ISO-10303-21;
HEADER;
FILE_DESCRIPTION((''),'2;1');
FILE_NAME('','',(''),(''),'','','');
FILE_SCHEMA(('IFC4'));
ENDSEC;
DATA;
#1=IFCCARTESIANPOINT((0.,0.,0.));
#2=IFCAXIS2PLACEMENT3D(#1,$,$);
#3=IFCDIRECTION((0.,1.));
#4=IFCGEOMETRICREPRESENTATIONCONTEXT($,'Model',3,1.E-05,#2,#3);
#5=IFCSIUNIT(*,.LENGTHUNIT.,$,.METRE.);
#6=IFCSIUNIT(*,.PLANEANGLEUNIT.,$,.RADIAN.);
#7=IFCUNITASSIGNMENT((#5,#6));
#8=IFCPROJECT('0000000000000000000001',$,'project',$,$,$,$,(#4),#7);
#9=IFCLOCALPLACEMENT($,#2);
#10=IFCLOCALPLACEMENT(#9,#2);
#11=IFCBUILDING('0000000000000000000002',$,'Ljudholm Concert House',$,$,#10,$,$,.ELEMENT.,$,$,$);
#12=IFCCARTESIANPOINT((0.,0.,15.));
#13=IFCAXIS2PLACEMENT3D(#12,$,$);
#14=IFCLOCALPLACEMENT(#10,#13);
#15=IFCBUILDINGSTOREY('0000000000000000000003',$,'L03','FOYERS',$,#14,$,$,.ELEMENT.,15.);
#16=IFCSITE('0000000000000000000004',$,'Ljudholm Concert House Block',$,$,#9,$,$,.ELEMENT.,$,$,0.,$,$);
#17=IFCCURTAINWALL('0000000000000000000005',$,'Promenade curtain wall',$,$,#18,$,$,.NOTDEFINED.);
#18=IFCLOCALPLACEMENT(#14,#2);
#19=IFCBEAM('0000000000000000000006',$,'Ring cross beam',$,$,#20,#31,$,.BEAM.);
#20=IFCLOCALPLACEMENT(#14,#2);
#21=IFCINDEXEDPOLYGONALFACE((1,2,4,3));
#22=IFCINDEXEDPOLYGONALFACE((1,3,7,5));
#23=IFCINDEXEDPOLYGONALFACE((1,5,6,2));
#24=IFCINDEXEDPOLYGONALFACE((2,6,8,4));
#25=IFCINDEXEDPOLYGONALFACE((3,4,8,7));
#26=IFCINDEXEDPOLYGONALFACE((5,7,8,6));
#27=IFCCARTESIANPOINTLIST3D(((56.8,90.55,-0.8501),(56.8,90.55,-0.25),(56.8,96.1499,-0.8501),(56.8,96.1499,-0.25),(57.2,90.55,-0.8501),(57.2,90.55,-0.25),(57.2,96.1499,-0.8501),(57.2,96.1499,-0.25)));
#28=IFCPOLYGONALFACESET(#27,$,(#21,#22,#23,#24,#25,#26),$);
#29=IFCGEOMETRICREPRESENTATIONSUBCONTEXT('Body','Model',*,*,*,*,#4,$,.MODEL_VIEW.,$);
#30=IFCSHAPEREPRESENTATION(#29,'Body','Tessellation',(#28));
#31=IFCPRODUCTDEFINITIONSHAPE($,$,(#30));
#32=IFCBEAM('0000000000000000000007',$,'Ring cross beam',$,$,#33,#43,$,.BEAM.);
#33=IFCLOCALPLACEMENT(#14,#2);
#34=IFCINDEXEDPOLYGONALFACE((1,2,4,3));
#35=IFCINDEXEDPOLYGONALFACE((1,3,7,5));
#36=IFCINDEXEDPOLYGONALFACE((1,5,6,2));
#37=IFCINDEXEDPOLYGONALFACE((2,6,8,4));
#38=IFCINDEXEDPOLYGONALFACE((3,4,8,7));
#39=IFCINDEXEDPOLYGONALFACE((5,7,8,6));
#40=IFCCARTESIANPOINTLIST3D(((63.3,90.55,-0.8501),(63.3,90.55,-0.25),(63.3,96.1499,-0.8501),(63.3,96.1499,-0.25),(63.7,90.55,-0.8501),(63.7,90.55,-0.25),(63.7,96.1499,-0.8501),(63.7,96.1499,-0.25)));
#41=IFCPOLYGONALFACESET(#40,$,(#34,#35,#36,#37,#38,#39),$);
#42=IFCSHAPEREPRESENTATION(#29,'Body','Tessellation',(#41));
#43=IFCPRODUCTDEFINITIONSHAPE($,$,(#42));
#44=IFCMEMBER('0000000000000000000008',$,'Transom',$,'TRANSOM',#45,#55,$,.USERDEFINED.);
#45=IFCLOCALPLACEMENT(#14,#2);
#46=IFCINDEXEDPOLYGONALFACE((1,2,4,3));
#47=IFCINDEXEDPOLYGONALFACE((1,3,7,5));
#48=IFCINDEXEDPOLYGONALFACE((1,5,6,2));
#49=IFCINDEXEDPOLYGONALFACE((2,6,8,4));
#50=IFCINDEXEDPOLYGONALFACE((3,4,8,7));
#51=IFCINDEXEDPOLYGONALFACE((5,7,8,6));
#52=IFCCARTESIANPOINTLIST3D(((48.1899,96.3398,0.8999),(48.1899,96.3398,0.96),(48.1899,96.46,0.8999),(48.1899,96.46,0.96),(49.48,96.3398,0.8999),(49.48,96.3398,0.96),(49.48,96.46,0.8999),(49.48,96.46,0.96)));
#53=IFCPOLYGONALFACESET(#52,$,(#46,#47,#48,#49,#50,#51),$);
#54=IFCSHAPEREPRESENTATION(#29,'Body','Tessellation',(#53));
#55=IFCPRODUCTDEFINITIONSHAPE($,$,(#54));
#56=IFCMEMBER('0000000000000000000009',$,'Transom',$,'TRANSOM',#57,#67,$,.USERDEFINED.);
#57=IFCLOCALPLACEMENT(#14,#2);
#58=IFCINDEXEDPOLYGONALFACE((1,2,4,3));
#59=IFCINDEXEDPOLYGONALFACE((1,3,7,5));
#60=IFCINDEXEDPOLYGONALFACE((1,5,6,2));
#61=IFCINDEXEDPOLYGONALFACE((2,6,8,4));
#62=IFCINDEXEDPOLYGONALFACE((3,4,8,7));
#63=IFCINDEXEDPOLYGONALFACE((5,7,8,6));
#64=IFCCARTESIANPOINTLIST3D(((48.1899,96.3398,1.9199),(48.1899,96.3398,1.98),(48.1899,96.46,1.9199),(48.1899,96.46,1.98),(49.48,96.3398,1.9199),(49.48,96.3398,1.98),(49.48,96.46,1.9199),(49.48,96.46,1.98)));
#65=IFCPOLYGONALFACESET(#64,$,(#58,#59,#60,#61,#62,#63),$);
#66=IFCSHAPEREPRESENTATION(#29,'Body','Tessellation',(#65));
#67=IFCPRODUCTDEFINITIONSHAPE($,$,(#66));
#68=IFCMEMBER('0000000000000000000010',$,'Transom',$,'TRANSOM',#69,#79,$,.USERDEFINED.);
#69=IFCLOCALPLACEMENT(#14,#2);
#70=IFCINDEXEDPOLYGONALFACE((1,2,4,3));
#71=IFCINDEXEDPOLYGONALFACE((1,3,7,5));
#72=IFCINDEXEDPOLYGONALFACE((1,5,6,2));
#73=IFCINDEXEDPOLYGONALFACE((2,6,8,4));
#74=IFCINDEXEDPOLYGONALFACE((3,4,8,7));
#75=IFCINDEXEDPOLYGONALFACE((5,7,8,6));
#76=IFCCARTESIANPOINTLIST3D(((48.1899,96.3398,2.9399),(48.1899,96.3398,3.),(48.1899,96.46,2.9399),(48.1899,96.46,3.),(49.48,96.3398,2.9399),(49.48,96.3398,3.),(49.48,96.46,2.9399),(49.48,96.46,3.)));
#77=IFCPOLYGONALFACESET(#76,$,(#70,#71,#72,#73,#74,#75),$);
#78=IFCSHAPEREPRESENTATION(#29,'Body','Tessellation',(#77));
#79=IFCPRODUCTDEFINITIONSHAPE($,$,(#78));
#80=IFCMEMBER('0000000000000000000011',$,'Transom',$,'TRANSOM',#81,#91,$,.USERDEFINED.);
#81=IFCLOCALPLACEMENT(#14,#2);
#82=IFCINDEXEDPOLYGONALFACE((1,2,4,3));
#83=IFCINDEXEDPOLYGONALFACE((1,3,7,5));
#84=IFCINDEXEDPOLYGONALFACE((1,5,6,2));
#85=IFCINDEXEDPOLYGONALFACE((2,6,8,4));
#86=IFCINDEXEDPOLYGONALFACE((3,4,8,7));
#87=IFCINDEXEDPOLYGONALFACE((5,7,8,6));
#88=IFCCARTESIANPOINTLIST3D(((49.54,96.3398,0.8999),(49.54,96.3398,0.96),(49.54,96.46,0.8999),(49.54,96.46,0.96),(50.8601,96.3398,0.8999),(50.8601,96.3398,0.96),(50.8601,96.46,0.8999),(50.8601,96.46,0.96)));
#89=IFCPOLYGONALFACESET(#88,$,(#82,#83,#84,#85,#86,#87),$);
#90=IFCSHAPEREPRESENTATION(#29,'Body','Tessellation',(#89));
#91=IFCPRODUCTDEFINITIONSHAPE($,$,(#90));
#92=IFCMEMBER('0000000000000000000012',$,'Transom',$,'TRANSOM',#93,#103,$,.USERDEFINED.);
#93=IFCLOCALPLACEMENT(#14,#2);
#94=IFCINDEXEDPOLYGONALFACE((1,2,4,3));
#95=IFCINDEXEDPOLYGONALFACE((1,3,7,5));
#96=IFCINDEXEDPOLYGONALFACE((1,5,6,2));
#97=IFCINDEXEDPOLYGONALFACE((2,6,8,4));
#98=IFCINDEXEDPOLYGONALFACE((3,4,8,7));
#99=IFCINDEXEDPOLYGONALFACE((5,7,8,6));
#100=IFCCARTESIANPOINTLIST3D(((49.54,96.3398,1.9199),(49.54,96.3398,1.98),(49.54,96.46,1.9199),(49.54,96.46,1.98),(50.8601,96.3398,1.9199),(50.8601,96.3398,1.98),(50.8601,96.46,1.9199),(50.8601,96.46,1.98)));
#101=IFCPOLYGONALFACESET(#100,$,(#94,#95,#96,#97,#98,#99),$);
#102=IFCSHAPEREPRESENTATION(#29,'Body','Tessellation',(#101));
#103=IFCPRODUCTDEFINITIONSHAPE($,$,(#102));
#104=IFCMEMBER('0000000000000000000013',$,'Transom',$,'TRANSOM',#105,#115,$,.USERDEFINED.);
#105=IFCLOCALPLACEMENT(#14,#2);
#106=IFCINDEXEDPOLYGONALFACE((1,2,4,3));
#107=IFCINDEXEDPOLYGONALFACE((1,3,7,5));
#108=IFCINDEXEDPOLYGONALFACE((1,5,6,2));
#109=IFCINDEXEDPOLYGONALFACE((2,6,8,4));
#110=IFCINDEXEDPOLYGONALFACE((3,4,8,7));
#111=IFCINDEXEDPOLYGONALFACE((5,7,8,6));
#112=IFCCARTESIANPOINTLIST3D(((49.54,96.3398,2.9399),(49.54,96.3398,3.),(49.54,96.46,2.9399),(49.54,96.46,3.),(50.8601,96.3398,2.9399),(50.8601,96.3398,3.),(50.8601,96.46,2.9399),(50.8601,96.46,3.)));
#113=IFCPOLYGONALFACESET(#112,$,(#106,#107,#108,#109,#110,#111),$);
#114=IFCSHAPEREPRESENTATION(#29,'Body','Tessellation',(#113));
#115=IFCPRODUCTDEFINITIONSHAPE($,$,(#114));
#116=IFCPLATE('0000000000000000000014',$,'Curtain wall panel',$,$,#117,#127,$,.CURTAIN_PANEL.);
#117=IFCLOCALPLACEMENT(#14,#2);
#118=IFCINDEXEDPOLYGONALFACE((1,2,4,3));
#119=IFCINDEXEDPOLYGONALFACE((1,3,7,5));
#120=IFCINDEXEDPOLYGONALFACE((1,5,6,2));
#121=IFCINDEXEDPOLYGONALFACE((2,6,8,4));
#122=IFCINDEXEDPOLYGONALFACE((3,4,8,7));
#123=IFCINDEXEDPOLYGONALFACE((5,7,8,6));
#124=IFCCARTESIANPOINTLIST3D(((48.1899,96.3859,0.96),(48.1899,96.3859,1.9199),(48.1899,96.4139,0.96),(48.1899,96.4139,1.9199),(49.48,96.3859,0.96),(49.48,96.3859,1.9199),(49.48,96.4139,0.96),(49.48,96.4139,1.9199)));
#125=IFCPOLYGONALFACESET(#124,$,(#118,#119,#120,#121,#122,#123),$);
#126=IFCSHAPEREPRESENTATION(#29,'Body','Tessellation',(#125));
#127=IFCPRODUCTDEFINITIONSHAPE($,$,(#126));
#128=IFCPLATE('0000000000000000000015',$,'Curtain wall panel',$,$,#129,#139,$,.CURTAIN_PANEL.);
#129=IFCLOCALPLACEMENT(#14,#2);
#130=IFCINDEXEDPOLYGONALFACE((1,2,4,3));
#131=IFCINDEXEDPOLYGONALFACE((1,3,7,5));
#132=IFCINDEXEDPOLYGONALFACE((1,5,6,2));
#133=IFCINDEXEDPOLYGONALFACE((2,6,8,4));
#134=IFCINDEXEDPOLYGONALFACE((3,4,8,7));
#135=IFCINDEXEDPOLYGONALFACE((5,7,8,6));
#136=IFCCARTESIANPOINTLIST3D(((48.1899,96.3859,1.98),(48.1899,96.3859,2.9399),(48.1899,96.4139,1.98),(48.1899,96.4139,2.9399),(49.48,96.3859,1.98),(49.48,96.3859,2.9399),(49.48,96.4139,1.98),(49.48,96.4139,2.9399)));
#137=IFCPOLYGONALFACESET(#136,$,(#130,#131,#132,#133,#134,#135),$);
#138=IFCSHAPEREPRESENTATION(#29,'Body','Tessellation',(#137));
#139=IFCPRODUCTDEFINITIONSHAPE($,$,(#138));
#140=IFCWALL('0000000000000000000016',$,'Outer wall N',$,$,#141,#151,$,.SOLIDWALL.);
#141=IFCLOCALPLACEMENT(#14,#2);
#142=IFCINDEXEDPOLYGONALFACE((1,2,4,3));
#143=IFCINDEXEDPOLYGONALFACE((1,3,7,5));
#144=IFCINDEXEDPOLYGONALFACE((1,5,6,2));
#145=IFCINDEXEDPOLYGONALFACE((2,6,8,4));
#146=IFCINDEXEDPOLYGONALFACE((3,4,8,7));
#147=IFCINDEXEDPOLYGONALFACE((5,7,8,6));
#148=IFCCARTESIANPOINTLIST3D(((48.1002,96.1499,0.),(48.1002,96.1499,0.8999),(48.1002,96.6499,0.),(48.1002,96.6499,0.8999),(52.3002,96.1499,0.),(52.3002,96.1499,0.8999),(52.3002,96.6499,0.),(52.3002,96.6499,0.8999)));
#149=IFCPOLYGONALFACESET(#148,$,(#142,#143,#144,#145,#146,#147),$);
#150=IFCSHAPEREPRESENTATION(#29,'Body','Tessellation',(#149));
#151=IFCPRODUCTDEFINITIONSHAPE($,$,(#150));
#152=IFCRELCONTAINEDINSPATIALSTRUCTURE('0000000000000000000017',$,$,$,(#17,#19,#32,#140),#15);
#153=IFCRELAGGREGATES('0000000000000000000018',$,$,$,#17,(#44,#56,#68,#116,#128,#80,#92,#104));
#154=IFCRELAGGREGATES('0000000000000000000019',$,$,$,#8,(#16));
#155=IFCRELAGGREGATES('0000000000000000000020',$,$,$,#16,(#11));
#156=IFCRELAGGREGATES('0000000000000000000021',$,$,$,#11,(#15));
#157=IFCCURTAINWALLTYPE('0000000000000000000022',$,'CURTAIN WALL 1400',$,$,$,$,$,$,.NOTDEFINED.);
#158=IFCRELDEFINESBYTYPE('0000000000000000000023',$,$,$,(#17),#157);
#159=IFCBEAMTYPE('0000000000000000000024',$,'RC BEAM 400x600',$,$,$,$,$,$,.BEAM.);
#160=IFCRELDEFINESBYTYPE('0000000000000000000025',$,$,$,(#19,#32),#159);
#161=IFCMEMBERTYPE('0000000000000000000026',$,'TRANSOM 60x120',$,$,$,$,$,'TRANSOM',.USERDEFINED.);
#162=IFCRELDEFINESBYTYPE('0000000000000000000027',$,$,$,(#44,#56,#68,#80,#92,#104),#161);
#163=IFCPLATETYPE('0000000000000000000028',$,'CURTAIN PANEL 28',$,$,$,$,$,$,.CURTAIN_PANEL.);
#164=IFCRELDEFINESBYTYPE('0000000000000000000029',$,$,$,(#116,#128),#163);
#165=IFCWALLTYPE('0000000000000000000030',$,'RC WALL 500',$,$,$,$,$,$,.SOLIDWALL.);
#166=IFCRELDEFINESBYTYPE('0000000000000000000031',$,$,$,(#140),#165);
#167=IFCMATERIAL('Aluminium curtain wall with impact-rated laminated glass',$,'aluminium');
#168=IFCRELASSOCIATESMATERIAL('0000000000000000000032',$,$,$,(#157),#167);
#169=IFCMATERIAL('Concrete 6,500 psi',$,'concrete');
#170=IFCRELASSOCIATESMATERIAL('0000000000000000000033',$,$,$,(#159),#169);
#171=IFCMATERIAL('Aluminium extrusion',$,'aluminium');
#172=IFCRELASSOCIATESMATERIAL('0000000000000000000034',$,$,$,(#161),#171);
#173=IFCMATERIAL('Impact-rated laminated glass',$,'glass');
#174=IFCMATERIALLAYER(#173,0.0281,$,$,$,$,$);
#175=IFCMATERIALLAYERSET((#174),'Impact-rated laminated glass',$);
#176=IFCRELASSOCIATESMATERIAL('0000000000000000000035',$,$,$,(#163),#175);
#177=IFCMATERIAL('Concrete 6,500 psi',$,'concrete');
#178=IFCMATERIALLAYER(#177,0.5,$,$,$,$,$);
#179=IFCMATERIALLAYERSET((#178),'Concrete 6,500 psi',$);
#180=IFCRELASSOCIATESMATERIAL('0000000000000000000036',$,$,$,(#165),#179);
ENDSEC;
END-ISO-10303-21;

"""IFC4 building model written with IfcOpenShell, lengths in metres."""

from ifc_helpers import new_model, si_unit, direction, frame, frame_2d, origin, origin_2d, place, context, subcontext, project, spatial, rectangle, extrude, material, layer, layer_set, material_profile, profile_set, type_object, element, aggregate, save


model = new_model("IFC4")

# Units and contexts
model_context = context("Model", 3, precision=1e-05, world=origin(), true_north=direction((0.0, 1.0)))
body_context = subcontext(model_context, "Body", "Model", "MODEL_VIEW")
ifc_project = project(units=[si_unit("LENGTHUNIT", "METRE"), si_unit("PLANEANGLEUNIT", "RADIAN")], contexts=[model_context])

# Site, building, storey
site_placement = place(None, origin())
site = spatial("IfcSite", under=ifc_project, at=site_placement, Name="Ljudholm Concert House Block", CompositionType="ELEMENT", RefElevation=0.0)
building_placement = place(site_placement, origin())
building = spatial("IfcBuilding", under=site, at=building_placement, Name="Ljudholm Concert House", CompositionType="ELEMENT")
storey_placement = place(building_placement, frame((0.0, 0.0, 15.0)))
storey = spatial("IfcBuildingStorey", under=building, at=storey_placement, Name="L03", Description="FOYERS", CompositionType="ELEMENT", Elevation=15.0)

# Curtain wall
ifc_material_1 = material(Name="Aluminium curtain wall with impact-rated laminated glass", Category="aluminium")
curtain_wall_type = type_object("IfcCurtainWallType", Name="CURTAIN WALL 1400", PredefinedType="NOTDEFINED", material=ifc_material_1)
curtain_wall_placement = place(storey_placement, origin())
curtain_wall = element("IfcCurtainWall", 1, at=curtain_wall_placement, inside=storey, type_object=curtain_wall_type, Name="Promenade curtain wall", PredefinedType="NOTDEFINED")

# Beams
ifc_material_2 = material(Name="Concrete 6,500 psi", Category="concrete")
ifc_material_profile_1 = material_profile(ifc_material_2, rectangle(XDim=0.3999, YDim=0.6001, at=origin_2d()), Name="RC BEAM 400x600")
ifc_profile_set_1 = profile_set([ifc_material_profile_1], Name="Concrete 6,500 psi")
beam_type = type_object("IfcBeamType", Name="RC BEAM 400x600", PredefinedType="BEAM", material=ifc_profile_set_1)
for number, where, z_axis, x_axis, name in (
    (2, (57.0, 90.55, -0.55), (0.0, 1.0, 0.0), (-1.0, 0.0, 0.0), "Ring cross beam"),
    (3, (63.5, 90.55, -0.55), (0.0, 1.0, 0.0), (-1.0, 0.0, 0.0), "Ring cross beam"),
):
    element("IfcBeam", number, at=place(storey_placement, frame(where, z_axis=z_axis, x_axis=x_axis)), inside=storey, type_object=beam_type, Name=name, PredefinedType="BEAM", context=body_context, shape_type="SweptSolid", body=[
        extrude(rectangle(XDim=0.3999, YDim=0.6001, at=origin_2d()), origin(), (0.0, 0.0, 1.0), 5.5999),
    ])

# Members
ifc_material_3 = material(Name="Aluminium extrusion", Category="aluminium")
ifc_material_profile_2 = material_profile(ifc_material_3, rectangle(XDim=0.1201, YDim=0.0601, at=origin_2d()), Name="TRANSOM 60x120")
ifc_profile_set_2 = profile_set([ifc_material_profile_2], Name="Aluminium extrusion")
member_type_1 = type_object("IfcMemberType", Name="TRANSOM 60x120", ElementType="TRANSOM", PredefinedType="USERDEFINED", material=ifc_profile_set_2)
member_1_placement = place(storey_placement, frame((48.1899, 96.3999, 0.9299), z_axis=(1.0, 0.0, 0.0), x_axis=(0.0, 1.0, 0.0)))
member_1 = element("IfcMember", 4, at=member_1_placement, type_object=member_type_1, Name="Transom", ObjectType="TRANSOM", PredefinedType="USERDEFINED", context=body_context, shape_type="SweptSolid", body=[
    extrude(rectangle(XDim=0.1201, YDim=0.0601, at=origin_2d()), origin(), (0.0, 0.0, 1.0), 1.29),
])
member_2_placement = place(storey_placement, frame((48.1899, 96.3999, 1.95), z_axis=(1.0, 0.0, 0.0), x_axis=(0.0, 1.0, 0.0)))
member_2 = element("IfcMember", 5, at=member_2_placement, type_object=member_type_1, Name="Transom", ObjectType="TRANSOM", PredefinedType="USERDEFINED", context=body_context, shape_type="SweptSolid", body=[
    extrude(rectangle(XDim=0.1201, YDim=0.0601, at=origin_2d()), origin(), (0.0, 0.0, 1.0), 1.29),
])
member_3_placement = place(storey_placement, frame((48.1899, 96.3999, 2.97), z_axis=(1.0, 0.0, 0.0), x_axis=(0.0, 1.0, 0.0)))
member_3 = element("IfcMember", 6, at=member_3_placement, type_object=member_type_1, Name="Transom", ObjectType="TRANSOM", PredefinedType="USERDEFINED", context=body_context, shape_type="SweptSolid", body=[
    extrude(rectangle(XDim=0.1201, YDim=0.0601, at=origin_2d()), origin(), (0.0, 0.0, 1.0), 1.29),
])
member_4_placement = place(storey_placement, frame((49.54, 96.3999, 0.9299), z_axis=(1.0, 0.0, 0.0), x_axis=(0.0, 1.0, 0.0)))
member_4 = element("IfcMember", 7, at=member_4_placement, type_object=member_type_1, Name="Transom", ObjectType="TRANSOM", PredefinedType="USERDEFINED", context=body_context, shape_type="SweptSolid", body=[
    extrude(rectangle(XDim=0.1201, YDim=0.0601, at=origin_2d()), origin(), (0.0, 0.0, 1.0), 1.3201),
])
member_5_placement = place(storey_placement, frame((49.54, 96.3999, 1.95), z_axis=(1.0, 0.0, 0.0), x_axis=(0.0, 1.0, 0.0)))
member_5 = element("IfcMember", 8, at=member_5_placement, type_object=member_type_1, Name="Transom", ObjectType="TRANSOM", PredefinedType="USERDEFINED", context=body_context, shape_type="SweptSolid", body=[
    extrude(rectangle(XDim=0.1201, YDim=0.0601, at=origin_2d()), origin(), (0.0, 0.0, 1.0), 1.3201),
])
member_6_placement = place(storey_placement, frame((49.54, 96.3999, 2.97), z_axis=(1.0, 0.0, 0.0), x_axis=(0.0, 1.0, 0.0)))
member_6 = element("IfcMember", 9, at=member_6_placement, type_object=member_type_1, Name="Transom", ObjectType="TRANSOM", PredefinedType="USERDEFINED", context=body_context, shape_type="SweptSolid", body=[
    extrude(rectangle(XDim=0.1201, YDim=0.0601, at=origin_2d()), origin(), (0.0, 0.0, 1.0), 1.3201),
])

# Plates
ifc_material_4 = material(Name="Impact-rated laminated glass", Category="glass")
ifc_layer_1 = layer(ifc_material_4, 0.0281)
ifc_layer_set_1 = layer_set([ifc_layer_1], Name="Impact-rated laminated glass")
plate_type = type_object("IfcPlateType", Name="CURTAIN PANEL 28", PredefinedType="CURTAIN_PANEL", material=ifc_layer_set_1)
plate_1_placement = place(storey_placement, frame((48.835, 96.3999, 0.96), z_axis=(0.0, 0.0, 1.0), x_axis=(1.0, 0.0, 0.0)))
plate_1 = element("IfcPlate", 10, at=plate_1_placement, type_object=plate_type, Name="Curtain wall panel", PredefinedType="CURTAIN_PANEL", context=body_context, shape_type="SweptSolid", body=[
    extrude(rectangle(XDim=1.29, YDim=0.0281, at=origin_2d()), origin(), (0.0, 0.0, 1.0), 0.96),
])
plate_2_placement = place(storey_placement, frame((48.835, 96.3999, 1.98), z_axis=(0.0, 0.0, 1.0), x_axis=(1.0, 0.0, 0.0)))
plate_2 = element("IfcPlate", 11, at=plate_2_placement, type_object=plate_type, Name="Curtain wall panel", PredefinedType="CURTAIN_PANEL", context=body_context, shape_type="SweptSolid", body=[
    extrude(rectangle(XDim=1.29, YDim=0.0281, at=origin_2d()), origin(), (0.0, 0.0, 1.0), 0.96),
])
aggregate(curtain_wall, [member_1, member_2, member_3, plate_1, plate_2, member_4, member_5, member_6])

# Wall
ifc_material_5 = material(Name="Concrete 6,500 psi", Category="concrete")
ifc_layer_2 = layer(ifc_material_5, 0.5)
ifc_layer_set_2 = layer_set([ifc_layer_2], Name="Concrete 6,500 psi")
wall_type = type_object("IfcWallType", Name="RC WALL 500", PredefinedType="SOLIDWALL", material=ifc_layer_set_2)
wall_placement = place(storey_placement, frame((48.1001, 96.3999, 0.0), z_axis=(0.0, 0.0, 1.0), x_axis=(1.0, 0.0, 0.0)))
element("IfcWall", 12, at=wall_placement, inside=storey, type_object=wall_type, Name="Outer wall N", PredefinedType="SOLIDWALL", context=body_context, shape_type="SweptSolid", body=[
    extrude(rectangle(XDim=4.2, YDim=0.5, at=frame_2d((2.1001, 0.0))), origin(), (0.0, 0.0, 1.0), 0.8999),
])

save(model, "model.ifc")
